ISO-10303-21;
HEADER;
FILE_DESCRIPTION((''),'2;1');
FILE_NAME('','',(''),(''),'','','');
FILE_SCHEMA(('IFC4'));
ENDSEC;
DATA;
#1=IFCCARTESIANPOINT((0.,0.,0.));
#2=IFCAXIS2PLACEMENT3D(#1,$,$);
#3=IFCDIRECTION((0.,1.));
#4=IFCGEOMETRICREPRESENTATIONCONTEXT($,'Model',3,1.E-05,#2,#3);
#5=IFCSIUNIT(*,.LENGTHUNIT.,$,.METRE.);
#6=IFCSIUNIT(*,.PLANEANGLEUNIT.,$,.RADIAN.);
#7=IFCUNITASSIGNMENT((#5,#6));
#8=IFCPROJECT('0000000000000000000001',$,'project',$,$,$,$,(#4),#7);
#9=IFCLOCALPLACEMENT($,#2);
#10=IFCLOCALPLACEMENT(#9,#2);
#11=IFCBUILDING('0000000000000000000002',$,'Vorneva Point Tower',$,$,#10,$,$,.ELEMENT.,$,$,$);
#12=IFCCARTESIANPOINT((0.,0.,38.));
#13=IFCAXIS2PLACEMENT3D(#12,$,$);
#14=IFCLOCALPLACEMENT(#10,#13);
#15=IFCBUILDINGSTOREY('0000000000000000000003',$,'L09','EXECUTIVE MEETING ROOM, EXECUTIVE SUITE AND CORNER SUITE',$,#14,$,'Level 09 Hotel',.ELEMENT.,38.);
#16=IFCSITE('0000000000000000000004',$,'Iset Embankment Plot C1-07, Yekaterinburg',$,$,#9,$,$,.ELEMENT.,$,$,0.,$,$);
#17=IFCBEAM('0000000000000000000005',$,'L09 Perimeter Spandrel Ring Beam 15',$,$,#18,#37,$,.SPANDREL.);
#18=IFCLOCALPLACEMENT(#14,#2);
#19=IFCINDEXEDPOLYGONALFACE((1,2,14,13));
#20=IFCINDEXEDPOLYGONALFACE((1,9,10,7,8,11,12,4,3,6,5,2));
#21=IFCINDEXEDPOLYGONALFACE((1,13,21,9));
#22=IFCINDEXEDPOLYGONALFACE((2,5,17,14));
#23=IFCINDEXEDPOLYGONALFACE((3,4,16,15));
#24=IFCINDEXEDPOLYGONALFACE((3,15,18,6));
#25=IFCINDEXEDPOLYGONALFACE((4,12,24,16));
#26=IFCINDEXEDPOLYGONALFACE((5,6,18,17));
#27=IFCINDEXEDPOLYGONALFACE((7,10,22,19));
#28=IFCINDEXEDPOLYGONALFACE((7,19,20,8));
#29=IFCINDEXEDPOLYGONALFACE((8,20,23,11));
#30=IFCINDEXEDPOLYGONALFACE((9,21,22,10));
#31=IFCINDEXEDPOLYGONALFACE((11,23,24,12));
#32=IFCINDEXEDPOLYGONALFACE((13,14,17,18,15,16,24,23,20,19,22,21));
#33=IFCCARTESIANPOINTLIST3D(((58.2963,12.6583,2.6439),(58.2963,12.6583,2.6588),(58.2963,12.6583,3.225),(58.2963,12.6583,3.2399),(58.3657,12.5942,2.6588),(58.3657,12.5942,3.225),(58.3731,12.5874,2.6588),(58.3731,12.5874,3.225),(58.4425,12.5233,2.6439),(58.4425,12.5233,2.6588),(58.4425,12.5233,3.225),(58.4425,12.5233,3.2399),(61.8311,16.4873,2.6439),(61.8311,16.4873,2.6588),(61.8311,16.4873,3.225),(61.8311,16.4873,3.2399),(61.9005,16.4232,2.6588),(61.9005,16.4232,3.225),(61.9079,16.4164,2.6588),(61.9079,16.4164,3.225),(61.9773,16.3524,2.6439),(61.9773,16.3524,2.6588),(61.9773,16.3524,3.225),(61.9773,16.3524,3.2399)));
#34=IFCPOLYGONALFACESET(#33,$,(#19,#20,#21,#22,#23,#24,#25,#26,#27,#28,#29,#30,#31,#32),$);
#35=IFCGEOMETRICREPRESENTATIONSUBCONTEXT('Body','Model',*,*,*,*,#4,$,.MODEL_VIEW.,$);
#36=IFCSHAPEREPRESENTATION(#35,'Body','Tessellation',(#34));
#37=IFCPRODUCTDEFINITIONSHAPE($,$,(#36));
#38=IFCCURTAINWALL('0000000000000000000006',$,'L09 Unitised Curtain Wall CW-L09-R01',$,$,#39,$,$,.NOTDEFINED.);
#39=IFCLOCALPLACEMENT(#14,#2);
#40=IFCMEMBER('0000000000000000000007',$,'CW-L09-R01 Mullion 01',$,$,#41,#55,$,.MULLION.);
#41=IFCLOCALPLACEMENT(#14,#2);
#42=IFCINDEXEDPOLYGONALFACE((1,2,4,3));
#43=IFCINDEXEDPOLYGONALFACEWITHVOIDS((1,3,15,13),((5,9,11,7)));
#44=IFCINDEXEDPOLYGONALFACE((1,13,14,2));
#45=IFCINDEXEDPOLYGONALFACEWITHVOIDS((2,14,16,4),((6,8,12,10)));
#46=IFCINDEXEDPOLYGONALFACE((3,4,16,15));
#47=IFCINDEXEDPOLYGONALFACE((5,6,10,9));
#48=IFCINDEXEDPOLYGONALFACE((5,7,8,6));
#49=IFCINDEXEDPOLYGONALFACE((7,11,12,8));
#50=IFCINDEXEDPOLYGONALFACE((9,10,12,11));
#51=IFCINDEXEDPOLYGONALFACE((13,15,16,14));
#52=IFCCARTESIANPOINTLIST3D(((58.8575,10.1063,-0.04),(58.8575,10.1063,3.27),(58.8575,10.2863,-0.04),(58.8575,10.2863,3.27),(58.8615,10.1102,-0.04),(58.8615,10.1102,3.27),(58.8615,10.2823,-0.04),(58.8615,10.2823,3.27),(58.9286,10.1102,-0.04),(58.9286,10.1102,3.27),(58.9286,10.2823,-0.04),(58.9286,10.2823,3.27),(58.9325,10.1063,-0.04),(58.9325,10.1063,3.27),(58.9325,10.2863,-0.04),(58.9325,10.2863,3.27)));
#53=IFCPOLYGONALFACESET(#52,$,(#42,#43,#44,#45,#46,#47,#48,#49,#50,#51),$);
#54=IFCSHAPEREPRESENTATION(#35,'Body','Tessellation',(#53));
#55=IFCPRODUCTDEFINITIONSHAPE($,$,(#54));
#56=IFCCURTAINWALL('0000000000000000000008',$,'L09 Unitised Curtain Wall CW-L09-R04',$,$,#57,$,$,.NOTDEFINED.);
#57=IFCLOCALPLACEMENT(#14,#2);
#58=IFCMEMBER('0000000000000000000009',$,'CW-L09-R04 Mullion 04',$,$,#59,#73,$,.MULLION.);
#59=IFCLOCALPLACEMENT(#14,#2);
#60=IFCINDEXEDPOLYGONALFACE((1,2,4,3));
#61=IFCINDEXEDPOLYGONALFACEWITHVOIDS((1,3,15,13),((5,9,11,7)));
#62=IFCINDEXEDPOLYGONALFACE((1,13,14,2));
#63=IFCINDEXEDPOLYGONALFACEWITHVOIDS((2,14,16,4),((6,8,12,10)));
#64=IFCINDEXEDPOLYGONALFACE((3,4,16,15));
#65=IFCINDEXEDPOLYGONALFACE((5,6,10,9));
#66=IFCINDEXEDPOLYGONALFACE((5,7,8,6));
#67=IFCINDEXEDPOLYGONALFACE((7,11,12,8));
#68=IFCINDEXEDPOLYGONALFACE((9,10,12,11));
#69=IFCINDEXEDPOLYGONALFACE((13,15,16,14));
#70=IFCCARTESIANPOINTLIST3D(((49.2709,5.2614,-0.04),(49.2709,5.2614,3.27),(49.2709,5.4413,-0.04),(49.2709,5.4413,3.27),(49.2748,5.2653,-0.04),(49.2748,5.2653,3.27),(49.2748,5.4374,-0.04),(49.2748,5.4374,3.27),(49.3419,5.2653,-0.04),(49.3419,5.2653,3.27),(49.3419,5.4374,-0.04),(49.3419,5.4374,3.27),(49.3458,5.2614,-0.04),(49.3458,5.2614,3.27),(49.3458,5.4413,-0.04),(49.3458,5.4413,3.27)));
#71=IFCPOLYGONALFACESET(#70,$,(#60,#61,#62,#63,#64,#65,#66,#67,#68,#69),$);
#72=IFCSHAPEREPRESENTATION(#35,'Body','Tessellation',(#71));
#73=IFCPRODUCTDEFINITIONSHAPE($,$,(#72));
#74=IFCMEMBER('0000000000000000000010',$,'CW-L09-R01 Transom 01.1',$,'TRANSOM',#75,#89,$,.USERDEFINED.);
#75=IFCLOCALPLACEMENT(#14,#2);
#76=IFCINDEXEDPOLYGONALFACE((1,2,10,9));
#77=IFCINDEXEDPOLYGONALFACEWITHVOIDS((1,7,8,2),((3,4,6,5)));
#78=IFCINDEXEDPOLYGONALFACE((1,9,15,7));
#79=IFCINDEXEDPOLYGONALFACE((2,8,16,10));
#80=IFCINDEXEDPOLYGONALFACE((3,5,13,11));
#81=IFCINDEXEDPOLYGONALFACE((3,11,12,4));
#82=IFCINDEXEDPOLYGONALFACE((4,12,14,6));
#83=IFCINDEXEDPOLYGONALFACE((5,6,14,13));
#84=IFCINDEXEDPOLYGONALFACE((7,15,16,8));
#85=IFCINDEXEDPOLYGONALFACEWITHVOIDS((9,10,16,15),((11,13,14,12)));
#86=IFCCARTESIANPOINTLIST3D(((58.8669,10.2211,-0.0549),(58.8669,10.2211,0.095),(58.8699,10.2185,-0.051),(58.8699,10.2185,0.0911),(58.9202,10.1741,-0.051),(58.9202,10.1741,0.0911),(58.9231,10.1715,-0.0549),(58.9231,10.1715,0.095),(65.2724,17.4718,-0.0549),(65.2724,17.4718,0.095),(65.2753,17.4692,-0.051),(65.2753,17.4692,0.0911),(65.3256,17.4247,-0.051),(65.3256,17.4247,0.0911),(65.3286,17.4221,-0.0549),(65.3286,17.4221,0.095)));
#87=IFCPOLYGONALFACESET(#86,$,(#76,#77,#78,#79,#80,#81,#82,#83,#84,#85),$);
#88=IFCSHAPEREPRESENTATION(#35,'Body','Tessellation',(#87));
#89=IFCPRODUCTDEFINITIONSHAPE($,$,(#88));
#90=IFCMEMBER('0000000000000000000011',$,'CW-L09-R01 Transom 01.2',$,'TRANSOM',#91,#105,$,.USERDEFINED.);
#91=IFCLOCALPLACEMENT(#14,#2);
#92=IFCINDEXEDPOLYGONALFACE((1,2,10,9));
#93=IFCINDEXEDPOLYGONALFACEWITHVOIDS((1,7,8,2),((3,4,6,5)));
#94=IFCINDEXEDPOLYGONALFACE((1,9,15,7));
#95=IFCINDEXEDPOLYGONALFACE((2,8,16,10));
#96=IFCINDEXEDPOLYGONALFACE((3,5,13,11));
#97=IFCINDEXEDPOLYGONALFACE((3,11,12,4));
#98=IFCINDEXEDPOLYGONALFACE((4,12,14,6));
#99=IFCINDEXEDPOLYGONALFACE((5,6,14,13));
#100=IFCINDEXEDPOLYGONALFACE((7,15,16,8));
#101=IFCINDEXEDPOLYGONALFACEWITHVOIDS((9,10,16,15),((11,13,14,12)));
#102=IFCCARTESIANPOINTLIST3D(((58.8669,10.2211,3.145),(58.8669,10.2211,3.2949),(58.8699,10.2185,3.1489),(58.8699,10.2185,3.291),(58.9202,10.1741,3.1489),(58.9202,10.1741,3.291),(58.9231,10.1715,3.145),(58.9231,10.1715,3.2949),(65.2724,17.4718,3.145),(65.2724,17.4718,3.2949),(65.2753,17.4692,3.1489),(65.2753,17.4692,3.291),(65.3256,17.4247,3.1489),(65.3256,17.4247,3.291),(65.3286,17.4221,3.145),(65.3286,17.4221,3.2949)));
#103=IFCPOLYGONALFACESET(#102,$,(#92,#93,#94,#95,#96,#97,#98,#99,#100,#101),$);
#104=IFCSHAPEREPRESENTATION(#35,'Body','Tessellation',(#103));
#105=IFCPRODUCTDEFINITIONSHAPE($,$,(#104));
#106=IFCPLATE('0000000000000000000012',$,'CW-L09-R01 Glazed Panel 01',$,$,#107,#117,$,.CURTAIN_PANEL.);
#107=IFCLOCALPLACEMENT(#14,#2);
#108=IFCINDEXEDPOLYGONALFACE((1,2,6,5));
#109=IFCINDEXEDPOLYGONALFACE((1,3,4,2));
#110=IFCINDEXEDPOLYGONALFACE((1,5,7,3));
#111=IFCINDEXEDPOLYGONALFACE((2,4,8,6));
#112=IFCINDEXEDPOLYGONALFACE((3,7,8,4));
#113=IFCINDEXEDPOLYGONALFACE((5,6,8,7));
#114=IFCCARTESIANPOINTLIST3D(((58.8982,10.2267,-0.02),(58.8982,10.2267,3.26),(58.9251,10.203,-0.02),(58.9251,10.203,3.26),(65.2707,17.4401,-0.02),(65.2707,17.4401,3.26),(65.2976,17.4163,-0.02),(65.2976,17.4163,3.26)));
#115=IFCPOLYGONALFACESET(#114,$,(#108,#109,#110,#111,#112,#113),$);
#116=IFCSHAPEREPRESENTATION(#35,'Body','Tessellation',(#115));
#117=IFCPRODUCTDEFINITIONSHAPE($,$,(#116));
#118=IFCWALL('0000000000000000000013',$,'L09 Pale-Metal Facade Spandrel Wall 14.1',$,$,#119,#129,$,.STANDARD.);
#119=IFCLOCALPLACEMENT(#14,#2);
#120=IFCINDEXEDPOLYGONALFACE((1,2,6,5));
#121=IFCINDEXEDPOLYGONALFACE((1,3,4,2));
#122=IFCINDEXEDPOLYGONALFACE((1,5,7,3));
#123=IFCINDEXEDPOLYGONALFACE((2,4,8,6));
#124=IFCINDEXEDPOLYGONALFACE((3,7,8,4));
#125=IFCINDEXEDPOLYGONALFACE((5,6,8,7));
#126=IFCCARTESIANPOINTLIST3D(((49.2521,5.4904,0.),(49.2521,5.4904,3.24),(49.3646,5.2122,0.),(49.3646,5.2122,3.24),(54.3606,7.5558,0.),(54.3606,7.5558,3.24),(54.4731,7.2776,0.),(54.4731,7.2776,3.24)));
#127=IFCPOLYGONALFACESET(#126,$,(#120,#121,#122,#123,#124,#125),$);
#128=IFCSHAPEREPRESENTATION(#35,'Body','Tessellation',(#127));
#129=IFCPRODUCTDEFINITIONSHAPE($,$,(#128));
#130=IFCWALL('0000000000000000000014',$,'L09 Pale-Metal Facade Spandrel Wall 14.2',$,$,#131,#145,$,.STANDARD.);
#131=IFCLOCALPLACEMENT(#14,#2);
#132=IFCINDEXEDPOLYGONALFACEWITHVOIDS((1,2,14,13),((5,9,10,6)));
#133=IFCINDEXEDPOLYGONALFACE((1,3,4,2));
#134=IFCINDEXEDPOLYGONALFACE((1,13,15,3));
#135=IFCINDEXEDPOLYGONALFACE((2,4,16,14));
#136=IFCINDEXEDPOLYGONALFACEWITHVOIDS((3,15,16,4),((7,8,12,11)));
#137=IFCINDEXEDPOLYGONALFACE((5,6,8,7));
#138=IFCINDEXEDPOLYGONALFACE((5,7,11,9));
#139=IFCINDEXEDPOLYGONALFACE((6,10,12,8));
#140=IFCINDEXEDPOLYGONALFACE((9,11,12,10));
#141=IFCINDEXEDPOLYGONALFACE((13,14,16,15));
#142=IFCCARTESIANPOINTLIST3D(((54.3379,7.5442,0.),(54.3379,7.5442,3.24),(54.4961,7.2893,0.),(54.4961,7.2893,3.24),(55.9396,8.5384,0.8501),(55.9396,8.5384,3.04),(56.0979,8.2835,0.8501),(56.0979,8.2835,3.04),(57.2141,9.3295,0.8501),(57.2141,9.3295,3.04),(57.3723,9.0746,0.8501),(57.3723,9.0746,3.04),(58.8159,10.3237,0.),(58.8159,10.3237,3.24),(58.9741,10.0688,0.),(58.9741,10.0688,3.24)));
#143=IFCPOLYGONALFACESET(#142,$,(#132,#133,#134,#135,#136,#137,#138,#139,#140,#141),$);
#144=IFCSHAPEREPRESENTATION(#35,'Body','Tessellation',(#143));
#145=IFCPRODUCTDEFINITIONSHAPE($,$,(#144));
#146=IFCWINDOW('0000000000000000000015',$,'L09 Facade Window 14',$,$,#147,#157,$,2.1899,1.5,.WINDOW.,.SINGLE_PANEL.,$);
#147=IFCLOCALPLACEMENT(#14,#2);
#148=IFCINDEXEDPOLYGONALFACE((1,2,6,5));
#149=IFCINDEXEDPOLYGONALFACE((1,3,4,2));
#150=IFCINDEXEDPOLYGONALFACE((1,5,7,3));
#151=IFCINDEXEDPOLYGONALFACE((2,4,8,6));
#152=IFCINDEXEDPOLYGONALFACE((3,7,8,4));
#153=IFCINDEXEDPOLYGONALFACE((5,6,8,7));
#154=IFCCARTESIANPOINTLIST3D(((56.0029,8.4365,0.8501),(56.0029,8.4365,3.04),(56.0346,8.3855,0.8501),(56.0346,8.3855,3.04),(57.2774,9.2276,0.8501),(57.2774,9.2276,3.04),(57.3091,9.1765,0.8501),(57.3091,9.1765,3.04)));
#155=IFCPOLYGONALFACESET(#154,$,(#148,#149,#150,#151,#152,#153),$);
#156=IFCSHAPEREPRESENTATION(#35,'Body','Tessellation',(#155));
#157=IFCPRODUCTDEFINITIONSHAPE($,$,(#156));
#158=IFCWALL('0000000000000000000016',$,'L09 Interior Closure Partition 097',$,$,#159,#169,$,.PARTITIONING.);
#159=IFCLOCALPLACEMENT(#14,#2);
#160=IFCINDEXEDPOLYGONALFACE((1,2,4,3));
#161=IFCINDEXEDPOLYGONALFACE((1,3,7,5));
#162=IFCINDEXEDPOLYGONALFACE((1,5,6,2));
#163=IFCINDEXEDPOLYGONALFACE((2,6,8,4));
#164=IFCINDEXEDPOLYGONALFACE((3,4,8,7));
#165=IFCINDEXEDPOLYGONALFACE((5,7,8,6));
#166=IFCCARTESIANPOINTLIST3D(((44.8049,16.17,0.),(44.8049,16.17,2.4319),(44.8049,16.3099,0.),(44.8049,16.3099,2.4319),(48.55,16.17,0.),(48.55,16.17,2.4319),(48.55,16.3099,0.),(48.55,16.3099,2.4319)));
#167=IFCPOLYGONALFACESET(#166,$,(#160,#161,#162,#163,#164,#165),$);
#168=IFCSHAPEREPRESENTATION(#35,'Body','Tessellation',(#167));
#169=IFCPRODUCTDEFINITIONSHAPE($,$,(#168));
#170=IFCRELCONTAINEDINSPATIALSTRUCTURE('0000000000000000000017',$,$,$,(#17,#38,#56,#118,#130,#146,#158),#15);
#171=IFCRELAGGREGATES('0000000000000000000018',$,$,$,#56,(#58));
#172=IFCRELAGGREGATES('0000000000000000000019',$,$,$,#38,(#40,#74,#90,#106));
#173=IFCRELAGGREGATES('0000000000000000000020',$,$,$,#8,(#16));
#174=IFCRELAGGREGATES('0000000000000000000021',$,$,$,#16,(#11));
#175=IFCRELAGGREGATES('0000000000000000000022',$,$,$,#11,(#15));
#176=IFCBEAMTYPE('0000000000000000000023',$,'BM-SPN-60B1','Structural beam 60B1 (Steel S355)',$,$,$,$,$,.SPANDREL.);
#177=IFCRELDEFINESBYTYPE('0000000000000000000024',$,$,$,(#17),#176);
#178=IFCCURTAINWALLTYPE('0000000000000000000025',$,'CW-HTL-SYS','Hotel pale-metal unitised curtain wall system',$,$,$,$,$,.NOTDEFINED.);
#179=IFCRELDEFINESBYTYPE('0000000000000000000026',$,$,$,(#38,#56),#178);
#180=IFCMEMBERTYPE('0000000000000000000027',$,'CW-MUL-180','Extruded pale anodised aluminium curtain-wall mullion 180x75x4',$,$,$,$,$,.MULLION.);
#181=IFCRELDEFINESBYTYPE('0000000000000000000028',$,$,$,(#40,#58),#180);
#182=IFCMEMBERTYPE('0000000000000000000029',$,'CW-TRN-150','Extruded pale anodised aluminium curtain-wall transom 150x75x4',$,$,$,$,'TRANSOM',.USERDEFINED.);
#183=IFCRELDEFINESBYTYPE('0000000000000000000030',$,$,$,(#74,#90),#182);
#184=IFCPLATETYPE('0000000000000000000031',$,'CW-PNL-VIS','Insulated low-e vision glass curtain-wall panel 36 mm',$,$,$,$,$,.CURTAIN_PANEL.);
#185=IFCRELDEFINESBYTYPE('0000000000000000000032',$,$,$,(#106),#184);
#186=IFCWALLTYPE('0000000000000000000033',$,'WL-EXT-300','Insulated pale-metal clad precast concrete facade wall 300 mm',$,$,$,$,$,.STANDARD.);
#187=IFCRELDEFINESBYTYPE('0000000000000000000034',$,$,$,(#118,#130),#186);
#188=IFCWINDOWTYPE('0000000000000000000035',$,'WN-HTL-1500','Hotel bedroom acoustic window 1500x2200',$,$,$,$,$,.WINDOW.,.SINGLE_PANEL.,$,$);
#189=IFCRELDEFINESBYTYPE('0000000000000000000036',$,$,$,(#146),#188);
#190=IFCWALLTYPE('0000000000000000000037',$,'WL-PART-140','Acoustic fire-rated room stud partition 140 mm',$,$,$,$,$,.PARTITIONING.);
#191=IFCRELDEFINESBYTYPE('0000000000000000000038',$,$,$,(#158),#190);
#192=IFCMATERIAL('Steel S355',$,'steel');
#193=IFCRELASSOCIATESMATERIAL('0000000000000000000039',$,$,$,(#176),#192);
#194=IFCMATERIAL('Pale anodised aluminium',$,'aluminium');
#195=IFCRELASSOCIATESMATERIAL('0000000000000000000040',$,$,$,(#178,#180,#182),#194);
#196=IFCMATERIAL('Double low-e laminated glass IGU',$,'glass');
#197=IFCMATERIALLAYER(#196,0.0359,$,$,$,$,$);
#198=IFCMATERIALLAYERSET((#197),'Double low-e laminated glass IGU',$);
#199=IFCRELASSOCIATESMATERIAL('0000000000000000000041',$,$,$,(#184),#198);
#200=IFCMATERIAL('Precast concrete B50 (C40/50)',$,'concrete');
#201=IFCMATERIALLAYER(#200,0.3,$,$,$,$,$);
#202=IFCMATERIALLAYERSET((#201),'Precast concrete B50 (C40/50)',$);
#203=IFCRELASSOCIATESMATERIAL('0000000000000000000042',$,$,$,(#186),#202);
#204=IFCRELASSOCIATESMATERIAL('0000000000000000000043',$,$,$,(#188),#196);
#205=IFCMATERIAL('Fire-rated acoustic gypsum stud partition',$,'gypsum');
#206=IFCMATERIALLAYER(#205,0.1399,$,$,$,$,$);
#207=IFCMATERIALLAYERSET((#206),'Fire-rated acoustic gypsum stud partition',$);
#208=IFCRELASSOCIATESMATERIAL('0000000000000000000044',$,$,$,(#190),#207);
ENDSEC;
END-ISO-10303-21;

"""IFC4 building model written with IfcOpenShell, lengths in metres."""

from ifc_helpers import new_model, si_unit, direction, frame, frame_2d, origin, origin_2d, place, context, subcontext, project, spatial, rectangle, hollow_rectangle, i_section, extrude, material, layer, layer_set, material_profile, profile_set, type_object, element, fill, aggregate, save


model = new_model("IFC4")

# Units and contexts
model_context = context("Model", 3, precision=1e-05, world=origin(), true_north=direction((0.0, 1.0)))
body_context = subcontext(model_context, "Body", "Model", "MODEL_VIEW")
ifc_project = project(units=[si_unit("LENGTHUNIT", "METRE"), si_unit("PLANEANGLEUNIT", "RADIAN")], contexts=[model_context])

# Site, building, storey
site_placement = place(None, origin())
site = spatial("IfcSite", under=ifc_project, at=site_placement, Name="Iset Embankment Plot C1-07, Yekaterinburg", CompositionType="ELEMENT", RefElevation=0.0)
building_placement = place(site_placement, origin())
building = spatial("IfcBuilding", under=site, at=building_placement, Name="Vorneva Point Tower", CompositionType="ELEMENT")
storey_placement = place(building_placement, frame((0.0, 0.0, 38.0)))
storey = spatial("IfcBuildingStorey", under=building, at=storey_placement, Name="L09", Description="EXECUTIVE MEETING ROOM, EXECUTIVE SUITE AND CORNER SUITE", LongName="Level 09 Hotel", CompositionType="ELEMENT", Elevation=38.0)

# Beam
ifc_material_1 = material(Name="Steel S355", Category="steel")
ifc_material_profile_1 = material_profile(ifc_material_1, i_section(OverallWidth=0.199, OverallDepth=0.5959, WebThickness=0.01, FlangeThickness=0.0149, at=origin_2d()), Name="60B1")
ifc_profile_set_1 = profile_set([ifc_material_profile_1], Name="Steel S355")
beam_type_1 = type_object("IfcBeamType", Name="BM-SPN-60B1", Description="Structural beam 60B1 (Steel S355)", PredefinedType="SPANDREL", material=ifc_profile_set_1)
beam_1_placement = place(storey_placement, frame((58.3694, 12.5908, 2.9419), z_axis=(0.678317, 0.734769, 0.0), x_axis=(-0.734769, 0.678317, 0.0)))
element("IfcBeam", 1, at=beam_1_placement, inside=storey, type_object=beam_type_1, Name="L09 Perimeter Spandrel Ring Beam 15", PredefinedType="SPANDREL", context=body_context, shape_type="SweptSolid", body=[
    extrude(i_section(OverallWidth=0.199, OverallDepth=0.5959, WebThickness=0.01, FlangeThickness=0.0149, at=origin_2d()), origin(), (0.0, 0.0, 1.0), 5.2112),
])

# Curtain walls, members
ifc_material_2 = material(Name="Pale anodised aluminium", Category="aluminium")
curtain_wall_type = type_object("IfcCurtainWallType", Name="CW-HTL-SYS", Description="Hotel pale-metal unitised curtain wall system", PredefinedType="NOTDEFINED", material=ifc_material_2)
curtain_wall_1_placement = place(storey_placement, origin())
curtain_wall_1 = element("IfcCurtainWall", 2, at=curtain_wall_1_placement, inside=storey, type_object=curtain_wall_type, Name="L09 Unitised Curtain Wall CW-L09-R01", PredefinedType="NOTDEFINED")
ifc_material_profile_2 = material_profile(ifc_material_2, hollow_rectangle(XDim=0.075, YDim=0.1799, WallThickness=0.0039, at=origin_2d()), Name="AL-MUL 180x75x4")
ifc_profile_set_2 = profile_set([ifc_material_profile_2], Name="Pale anodised aluminium")
member_type_1 = type_object("IfcMemberType", Name="CW-MUL-180", Description="Extruded pale anodised aluminium curtain-wall mullion 180x75x4", PredefinedType="MULLION", material=ifc_profile_set_2)
member_1_placement = place(storey_placement, frame((58.895, 10.1963, -0.04), z_axis=(0.0, 0.0, 1.0), x_axis=(1.0, 0.0, 0.0)))
member_1 = element("IfcMember", 3, at=member_1_placement, type_object=member_type_1, Name="CW-L09-R01 Mullion 01", PredefinedType="MULLION", context=body_context, shape_type="SweptSolid", body=[
    extrude(hollow_rectangle(XDim=0.075, YDim=0.1799, WallThickness=0.0039, at=origin_2d()), origin(), (0.0, 0.0, 1.0), 3.3101),
])
curtain_wall_2_placement = place(storey_placement, origin())
curtain_wall_2 = element("IfcCurtainWall", 4, at=curtain_wall_2_placement, inside=storey, type_object=curtain_wall_type, Name="L09 Unitised Curtain Wall CW-L09-R04", PredefinedType="NOTDEFINED")
member_2_placement = place(storey_placement, frame((49.3083, 5.3513, -0.04), z_axis=(0.0, 0.0, 1.0), x_axis=(1.0, 0.0, 0.0)))
member_2 = element("IfcMember", 5, at=member_2_placement, type_object=member_type_1, Name="CW-L09-R04 Mullion 04", PredefinedType="MULLION", context=body_context, shape_type="SweptSolid", body=[
    extrude(hollow_rectangle(XDim=0.075, YDim=0.1799, WallThickness=0.0039, at=origin_2d()), origin(), (0.0, 0.0, 1.0), 3.3101),
])
aggregate(curtain_wall_2, [member_2])

# Members
ifc_material_profile_3 = material_profile(ifc_material_2, hollow_rectangle(XDim=0.075, YDim=0.1499, WallThickness=0.0039, at=origin_2d()), Name="AL-TRN 150x75x4")
ifc_profile_set_3 = profile_set([ifc_material_profile_3], Name="Pale anodised aluminium")
member_type_2 = type_object("IfcMemberType", Name="CW-TRN-150", Description="Extruded pale anodised aluminium curtain-wall transom 150x75x4", ElementType="TRANSOM", PredefinedType="USERDEFINED", material=ifc_profile_set_3)
member_3_placement = place(storey_placement, frame((58.895, 10.1963, 0.02), z_axis=(0.662076, 0.749437, 0.0), x_axis=(-0.749437, 0.662076, 0.0)))
member_3 = element("IfcMember", 6, at=member_3_placement, type_object=member_type_2, Name="CW-L09-R01 Transom 01.1", ObjectType="TRANSOM", PredefinedType="USERDEFINED", context=body_context, shape_type="SweptSolid", body=[
    extrude(hollow_rectangle(XDim=0.075, YDim=0.1499, WallThickness=0.0039, at=origin_2d()), origin(), (0.0, 0.0, 1.0), 9.6748),
])
member_4_placement = place(storey_placement, frame((58.895, 10.1963, 3.22), z_axis=(0.662076, 0.749437, 0.0), x_axis=(-0.749437, 0.662076, 0.0)))
member_4 = element("IfcMember", 7, at=member_4_placement, type_object=member_type_2, Name="CW-L09-R01 Transom 01.2", ObjectType="TRANSOM", PredefinedType="USERDEFINED", context=body_context, shape_type="SweptSolid", body=[
    extrude(hollow_rectangle(XDim=0.075, YDim=0.1499, WallThickness=0.0039, at=origin_2d()), origin(), (0.0, 0.0, 1.0), 9.6748),
])

# Plate
ifc_material_3 = material(Name="Double low-e laminated glass IGU", Category="glass")
ifc_layer_1 = layer(ifc_material_3, 0.0359)
ifc_layer_set_1 = layer_set([ifc_layer_1], Name="Double low-e laminated glass IGU")
plate_type = type_object("IfcPlateType", Name="CW-PNL-VIS", Description="Insulated low-e vision glass curtain-wall panel 36 mm", PredefinedType="CURTAIN_PANEL", material=ifc_layer_set_1)
plate_placement = place(storey_placement, frame((62.0979, 13.8215, -0.02), z_axis=(0.0, 0.0, 1.0), x_axis=(0.662071, 0.749441, 0.0)))
plate = element("IfcPlate", 8, at=plate_placement, type_object=plate_type, Name="CW-L09-R01 Glazed Panel 01", PredefinedType="CURTAIN_PANEL", context=body_context, shape_type="SweptSolid", body=[
    extrude(rectangle(XDim=9.625, YDim=0.0359, at=origin_2d()), origin(), (0.0, 0.0, 1.0), 3.28),
])
aggregate(curtain_wall_1, [member_1, member_3, member_4, plate])

# Wall
ifc_material_4 = material(Name="Precast concrete B50 (C40/50)", Category="concrete")
ifc_layer_2 = layer(ifc_material_4, 0.3)
ifc_layer_set_2 = layer_set([ifc_layer_2], Name="Precast concrete B50 (C40/50)")
wall_type_1 = type_object("IfcWallType", Name="WL-EXT-300", Description="Insulated pale-metal clad precast concrete facade wall 300 mm", PredefinedType="STANDARD", material=ifc_layer_set_2)
wall_1_placement = place(storey_placement, frame((49.3083, 5.3513, 0.0), z_axis=(0.0, 0.0, 1.0), x_axis=(0.927095, 0.374826, 0.0)))
element("IfcWall", 9, at=wall_1_placement, inside=storey, type_object=wall_type_1, Name="L09 Pale-Metal Facade Spandrel Wall 14.1", PredefinedType="STANDARD", context=body_context, shape_type="SweptSolid", body=[
    extrude(rectangle(XDim=5.5103, YDim=0.3, at=frame_2d((2.7551, 0.0))), origin(), (0.0, 0.0, 1.0), 3.24),
])

# Wall, opening, window
wall_2_placement = place(storey_placement, frame((54.417, 7.4167, 0.0), z_axis=(0.0, 0.0, 1.0), x_axis=(0.849634, 0.527373, 0.0)))
wall_2 = element("IfcWall", 10, at=wall_2_placement, inside=storey, type_object=wall_type_1, Name="L09 Pale-Metal Facade Spandrel Wall 14.2", PredefinedType="STANDARD", context=body_context, shape_type="SweptSolid", body=[
    extrude(rectangle(XDim=5.2705, YDim=0.3, at=frame_2d((2.6353, 0.0))), origin(), (0.0, 0.0, 1.0), 3.24),
])
opening_placement = place(wall_2_placement, frame((1.8853, 0.0, 0.8501)))
opening = element("IfcOpeningElement", 11, at=opening_placement, cuts=wall_2, PredefinedType="OPENING", context=body_context, shape_type="SweptSolid", body=[
    extrude(rectangle(XDim=1.5, YDim=2.1899, at=frame_2d((0.75, 1.095))), frame((0.0, 0.165, 0.0), z_axis=(0.0, -1.0, 0.0), x_axis=(1.0, 0.0, 0.0)), (0.0, 0.0, 1.0), 0.3298),
])
window_type = type_object("IfcWindowType", Name="WN-HTL-1500", Description="Hotel bedroom acoustic window 1500x2200", PartitioningType="SINGLE_PANEL", PredefinedType="WINDOW", material=ifc_material_3)
window_placement = place(opening_placement, origin())
window = element("IfcWindow", 12, at=window_placement, inside=storey, type_object=window_type, Name="L09 Facade Window 14", OverallHeight=2.1899, OverallWidth=1.5, PartitioningType="SINGLE_PANEL", PredefinedType="WINDOW", context=body_context, shape_type="SweptSolid", body=[
    extrude(rectangle(XDim=1.5, YDim=2.1899, at=frame_2d((0.75, 1.095))), frame((0.0, 0.03, 0.0), z_axis=(0.0, -1.0, 0.0), x_axis=(1.0, 0.0, 0.0)), (0.0, 0.0, 1.0), 0.0601),
])
fill(opening, window)

# Wall
ifc_material_5 = material(Name="Fire-rated acoustic gypsum stud partition", Category="gypsum")
ifc_layer_3 = layer(ifc_material_5, 0.1399)
ifc_layer_set_3 = layer_set([ifc_layer_3], Name="Fire-rated acoustic gypsum stud partition")
wall_type_2 = type_object("IfcWallType", Name="WL-PART-140", Description="Acoustic fire-rated room stud partition 140 mm", PredefinedType="PARTITIONING", material=ifc_layer_set_3)
wall_3_placement = place(storey_placement, frame((48.55, 16.24, 0.0), z_axis=(0.0, 0.0, 1.0), x_axis=(-1.0, 0.0, 0.0)))
element("IfcWall", 13, at=wall_3_placement, inside=storey, type_object=wall_type_2, Name="L09 Interior Closure Partition 097", PredefinedType="PARTITIONING", context=body_context, shape_type="SweptSolid", body=[
    extrude(rectangle(XDim=3.7451, YDim=0.1399, at=frame_2d((1.8726, 0.0))), origin(), (0.0, 0.0, 1.0), 2.4319),
])

save(model, "model.ifc")
